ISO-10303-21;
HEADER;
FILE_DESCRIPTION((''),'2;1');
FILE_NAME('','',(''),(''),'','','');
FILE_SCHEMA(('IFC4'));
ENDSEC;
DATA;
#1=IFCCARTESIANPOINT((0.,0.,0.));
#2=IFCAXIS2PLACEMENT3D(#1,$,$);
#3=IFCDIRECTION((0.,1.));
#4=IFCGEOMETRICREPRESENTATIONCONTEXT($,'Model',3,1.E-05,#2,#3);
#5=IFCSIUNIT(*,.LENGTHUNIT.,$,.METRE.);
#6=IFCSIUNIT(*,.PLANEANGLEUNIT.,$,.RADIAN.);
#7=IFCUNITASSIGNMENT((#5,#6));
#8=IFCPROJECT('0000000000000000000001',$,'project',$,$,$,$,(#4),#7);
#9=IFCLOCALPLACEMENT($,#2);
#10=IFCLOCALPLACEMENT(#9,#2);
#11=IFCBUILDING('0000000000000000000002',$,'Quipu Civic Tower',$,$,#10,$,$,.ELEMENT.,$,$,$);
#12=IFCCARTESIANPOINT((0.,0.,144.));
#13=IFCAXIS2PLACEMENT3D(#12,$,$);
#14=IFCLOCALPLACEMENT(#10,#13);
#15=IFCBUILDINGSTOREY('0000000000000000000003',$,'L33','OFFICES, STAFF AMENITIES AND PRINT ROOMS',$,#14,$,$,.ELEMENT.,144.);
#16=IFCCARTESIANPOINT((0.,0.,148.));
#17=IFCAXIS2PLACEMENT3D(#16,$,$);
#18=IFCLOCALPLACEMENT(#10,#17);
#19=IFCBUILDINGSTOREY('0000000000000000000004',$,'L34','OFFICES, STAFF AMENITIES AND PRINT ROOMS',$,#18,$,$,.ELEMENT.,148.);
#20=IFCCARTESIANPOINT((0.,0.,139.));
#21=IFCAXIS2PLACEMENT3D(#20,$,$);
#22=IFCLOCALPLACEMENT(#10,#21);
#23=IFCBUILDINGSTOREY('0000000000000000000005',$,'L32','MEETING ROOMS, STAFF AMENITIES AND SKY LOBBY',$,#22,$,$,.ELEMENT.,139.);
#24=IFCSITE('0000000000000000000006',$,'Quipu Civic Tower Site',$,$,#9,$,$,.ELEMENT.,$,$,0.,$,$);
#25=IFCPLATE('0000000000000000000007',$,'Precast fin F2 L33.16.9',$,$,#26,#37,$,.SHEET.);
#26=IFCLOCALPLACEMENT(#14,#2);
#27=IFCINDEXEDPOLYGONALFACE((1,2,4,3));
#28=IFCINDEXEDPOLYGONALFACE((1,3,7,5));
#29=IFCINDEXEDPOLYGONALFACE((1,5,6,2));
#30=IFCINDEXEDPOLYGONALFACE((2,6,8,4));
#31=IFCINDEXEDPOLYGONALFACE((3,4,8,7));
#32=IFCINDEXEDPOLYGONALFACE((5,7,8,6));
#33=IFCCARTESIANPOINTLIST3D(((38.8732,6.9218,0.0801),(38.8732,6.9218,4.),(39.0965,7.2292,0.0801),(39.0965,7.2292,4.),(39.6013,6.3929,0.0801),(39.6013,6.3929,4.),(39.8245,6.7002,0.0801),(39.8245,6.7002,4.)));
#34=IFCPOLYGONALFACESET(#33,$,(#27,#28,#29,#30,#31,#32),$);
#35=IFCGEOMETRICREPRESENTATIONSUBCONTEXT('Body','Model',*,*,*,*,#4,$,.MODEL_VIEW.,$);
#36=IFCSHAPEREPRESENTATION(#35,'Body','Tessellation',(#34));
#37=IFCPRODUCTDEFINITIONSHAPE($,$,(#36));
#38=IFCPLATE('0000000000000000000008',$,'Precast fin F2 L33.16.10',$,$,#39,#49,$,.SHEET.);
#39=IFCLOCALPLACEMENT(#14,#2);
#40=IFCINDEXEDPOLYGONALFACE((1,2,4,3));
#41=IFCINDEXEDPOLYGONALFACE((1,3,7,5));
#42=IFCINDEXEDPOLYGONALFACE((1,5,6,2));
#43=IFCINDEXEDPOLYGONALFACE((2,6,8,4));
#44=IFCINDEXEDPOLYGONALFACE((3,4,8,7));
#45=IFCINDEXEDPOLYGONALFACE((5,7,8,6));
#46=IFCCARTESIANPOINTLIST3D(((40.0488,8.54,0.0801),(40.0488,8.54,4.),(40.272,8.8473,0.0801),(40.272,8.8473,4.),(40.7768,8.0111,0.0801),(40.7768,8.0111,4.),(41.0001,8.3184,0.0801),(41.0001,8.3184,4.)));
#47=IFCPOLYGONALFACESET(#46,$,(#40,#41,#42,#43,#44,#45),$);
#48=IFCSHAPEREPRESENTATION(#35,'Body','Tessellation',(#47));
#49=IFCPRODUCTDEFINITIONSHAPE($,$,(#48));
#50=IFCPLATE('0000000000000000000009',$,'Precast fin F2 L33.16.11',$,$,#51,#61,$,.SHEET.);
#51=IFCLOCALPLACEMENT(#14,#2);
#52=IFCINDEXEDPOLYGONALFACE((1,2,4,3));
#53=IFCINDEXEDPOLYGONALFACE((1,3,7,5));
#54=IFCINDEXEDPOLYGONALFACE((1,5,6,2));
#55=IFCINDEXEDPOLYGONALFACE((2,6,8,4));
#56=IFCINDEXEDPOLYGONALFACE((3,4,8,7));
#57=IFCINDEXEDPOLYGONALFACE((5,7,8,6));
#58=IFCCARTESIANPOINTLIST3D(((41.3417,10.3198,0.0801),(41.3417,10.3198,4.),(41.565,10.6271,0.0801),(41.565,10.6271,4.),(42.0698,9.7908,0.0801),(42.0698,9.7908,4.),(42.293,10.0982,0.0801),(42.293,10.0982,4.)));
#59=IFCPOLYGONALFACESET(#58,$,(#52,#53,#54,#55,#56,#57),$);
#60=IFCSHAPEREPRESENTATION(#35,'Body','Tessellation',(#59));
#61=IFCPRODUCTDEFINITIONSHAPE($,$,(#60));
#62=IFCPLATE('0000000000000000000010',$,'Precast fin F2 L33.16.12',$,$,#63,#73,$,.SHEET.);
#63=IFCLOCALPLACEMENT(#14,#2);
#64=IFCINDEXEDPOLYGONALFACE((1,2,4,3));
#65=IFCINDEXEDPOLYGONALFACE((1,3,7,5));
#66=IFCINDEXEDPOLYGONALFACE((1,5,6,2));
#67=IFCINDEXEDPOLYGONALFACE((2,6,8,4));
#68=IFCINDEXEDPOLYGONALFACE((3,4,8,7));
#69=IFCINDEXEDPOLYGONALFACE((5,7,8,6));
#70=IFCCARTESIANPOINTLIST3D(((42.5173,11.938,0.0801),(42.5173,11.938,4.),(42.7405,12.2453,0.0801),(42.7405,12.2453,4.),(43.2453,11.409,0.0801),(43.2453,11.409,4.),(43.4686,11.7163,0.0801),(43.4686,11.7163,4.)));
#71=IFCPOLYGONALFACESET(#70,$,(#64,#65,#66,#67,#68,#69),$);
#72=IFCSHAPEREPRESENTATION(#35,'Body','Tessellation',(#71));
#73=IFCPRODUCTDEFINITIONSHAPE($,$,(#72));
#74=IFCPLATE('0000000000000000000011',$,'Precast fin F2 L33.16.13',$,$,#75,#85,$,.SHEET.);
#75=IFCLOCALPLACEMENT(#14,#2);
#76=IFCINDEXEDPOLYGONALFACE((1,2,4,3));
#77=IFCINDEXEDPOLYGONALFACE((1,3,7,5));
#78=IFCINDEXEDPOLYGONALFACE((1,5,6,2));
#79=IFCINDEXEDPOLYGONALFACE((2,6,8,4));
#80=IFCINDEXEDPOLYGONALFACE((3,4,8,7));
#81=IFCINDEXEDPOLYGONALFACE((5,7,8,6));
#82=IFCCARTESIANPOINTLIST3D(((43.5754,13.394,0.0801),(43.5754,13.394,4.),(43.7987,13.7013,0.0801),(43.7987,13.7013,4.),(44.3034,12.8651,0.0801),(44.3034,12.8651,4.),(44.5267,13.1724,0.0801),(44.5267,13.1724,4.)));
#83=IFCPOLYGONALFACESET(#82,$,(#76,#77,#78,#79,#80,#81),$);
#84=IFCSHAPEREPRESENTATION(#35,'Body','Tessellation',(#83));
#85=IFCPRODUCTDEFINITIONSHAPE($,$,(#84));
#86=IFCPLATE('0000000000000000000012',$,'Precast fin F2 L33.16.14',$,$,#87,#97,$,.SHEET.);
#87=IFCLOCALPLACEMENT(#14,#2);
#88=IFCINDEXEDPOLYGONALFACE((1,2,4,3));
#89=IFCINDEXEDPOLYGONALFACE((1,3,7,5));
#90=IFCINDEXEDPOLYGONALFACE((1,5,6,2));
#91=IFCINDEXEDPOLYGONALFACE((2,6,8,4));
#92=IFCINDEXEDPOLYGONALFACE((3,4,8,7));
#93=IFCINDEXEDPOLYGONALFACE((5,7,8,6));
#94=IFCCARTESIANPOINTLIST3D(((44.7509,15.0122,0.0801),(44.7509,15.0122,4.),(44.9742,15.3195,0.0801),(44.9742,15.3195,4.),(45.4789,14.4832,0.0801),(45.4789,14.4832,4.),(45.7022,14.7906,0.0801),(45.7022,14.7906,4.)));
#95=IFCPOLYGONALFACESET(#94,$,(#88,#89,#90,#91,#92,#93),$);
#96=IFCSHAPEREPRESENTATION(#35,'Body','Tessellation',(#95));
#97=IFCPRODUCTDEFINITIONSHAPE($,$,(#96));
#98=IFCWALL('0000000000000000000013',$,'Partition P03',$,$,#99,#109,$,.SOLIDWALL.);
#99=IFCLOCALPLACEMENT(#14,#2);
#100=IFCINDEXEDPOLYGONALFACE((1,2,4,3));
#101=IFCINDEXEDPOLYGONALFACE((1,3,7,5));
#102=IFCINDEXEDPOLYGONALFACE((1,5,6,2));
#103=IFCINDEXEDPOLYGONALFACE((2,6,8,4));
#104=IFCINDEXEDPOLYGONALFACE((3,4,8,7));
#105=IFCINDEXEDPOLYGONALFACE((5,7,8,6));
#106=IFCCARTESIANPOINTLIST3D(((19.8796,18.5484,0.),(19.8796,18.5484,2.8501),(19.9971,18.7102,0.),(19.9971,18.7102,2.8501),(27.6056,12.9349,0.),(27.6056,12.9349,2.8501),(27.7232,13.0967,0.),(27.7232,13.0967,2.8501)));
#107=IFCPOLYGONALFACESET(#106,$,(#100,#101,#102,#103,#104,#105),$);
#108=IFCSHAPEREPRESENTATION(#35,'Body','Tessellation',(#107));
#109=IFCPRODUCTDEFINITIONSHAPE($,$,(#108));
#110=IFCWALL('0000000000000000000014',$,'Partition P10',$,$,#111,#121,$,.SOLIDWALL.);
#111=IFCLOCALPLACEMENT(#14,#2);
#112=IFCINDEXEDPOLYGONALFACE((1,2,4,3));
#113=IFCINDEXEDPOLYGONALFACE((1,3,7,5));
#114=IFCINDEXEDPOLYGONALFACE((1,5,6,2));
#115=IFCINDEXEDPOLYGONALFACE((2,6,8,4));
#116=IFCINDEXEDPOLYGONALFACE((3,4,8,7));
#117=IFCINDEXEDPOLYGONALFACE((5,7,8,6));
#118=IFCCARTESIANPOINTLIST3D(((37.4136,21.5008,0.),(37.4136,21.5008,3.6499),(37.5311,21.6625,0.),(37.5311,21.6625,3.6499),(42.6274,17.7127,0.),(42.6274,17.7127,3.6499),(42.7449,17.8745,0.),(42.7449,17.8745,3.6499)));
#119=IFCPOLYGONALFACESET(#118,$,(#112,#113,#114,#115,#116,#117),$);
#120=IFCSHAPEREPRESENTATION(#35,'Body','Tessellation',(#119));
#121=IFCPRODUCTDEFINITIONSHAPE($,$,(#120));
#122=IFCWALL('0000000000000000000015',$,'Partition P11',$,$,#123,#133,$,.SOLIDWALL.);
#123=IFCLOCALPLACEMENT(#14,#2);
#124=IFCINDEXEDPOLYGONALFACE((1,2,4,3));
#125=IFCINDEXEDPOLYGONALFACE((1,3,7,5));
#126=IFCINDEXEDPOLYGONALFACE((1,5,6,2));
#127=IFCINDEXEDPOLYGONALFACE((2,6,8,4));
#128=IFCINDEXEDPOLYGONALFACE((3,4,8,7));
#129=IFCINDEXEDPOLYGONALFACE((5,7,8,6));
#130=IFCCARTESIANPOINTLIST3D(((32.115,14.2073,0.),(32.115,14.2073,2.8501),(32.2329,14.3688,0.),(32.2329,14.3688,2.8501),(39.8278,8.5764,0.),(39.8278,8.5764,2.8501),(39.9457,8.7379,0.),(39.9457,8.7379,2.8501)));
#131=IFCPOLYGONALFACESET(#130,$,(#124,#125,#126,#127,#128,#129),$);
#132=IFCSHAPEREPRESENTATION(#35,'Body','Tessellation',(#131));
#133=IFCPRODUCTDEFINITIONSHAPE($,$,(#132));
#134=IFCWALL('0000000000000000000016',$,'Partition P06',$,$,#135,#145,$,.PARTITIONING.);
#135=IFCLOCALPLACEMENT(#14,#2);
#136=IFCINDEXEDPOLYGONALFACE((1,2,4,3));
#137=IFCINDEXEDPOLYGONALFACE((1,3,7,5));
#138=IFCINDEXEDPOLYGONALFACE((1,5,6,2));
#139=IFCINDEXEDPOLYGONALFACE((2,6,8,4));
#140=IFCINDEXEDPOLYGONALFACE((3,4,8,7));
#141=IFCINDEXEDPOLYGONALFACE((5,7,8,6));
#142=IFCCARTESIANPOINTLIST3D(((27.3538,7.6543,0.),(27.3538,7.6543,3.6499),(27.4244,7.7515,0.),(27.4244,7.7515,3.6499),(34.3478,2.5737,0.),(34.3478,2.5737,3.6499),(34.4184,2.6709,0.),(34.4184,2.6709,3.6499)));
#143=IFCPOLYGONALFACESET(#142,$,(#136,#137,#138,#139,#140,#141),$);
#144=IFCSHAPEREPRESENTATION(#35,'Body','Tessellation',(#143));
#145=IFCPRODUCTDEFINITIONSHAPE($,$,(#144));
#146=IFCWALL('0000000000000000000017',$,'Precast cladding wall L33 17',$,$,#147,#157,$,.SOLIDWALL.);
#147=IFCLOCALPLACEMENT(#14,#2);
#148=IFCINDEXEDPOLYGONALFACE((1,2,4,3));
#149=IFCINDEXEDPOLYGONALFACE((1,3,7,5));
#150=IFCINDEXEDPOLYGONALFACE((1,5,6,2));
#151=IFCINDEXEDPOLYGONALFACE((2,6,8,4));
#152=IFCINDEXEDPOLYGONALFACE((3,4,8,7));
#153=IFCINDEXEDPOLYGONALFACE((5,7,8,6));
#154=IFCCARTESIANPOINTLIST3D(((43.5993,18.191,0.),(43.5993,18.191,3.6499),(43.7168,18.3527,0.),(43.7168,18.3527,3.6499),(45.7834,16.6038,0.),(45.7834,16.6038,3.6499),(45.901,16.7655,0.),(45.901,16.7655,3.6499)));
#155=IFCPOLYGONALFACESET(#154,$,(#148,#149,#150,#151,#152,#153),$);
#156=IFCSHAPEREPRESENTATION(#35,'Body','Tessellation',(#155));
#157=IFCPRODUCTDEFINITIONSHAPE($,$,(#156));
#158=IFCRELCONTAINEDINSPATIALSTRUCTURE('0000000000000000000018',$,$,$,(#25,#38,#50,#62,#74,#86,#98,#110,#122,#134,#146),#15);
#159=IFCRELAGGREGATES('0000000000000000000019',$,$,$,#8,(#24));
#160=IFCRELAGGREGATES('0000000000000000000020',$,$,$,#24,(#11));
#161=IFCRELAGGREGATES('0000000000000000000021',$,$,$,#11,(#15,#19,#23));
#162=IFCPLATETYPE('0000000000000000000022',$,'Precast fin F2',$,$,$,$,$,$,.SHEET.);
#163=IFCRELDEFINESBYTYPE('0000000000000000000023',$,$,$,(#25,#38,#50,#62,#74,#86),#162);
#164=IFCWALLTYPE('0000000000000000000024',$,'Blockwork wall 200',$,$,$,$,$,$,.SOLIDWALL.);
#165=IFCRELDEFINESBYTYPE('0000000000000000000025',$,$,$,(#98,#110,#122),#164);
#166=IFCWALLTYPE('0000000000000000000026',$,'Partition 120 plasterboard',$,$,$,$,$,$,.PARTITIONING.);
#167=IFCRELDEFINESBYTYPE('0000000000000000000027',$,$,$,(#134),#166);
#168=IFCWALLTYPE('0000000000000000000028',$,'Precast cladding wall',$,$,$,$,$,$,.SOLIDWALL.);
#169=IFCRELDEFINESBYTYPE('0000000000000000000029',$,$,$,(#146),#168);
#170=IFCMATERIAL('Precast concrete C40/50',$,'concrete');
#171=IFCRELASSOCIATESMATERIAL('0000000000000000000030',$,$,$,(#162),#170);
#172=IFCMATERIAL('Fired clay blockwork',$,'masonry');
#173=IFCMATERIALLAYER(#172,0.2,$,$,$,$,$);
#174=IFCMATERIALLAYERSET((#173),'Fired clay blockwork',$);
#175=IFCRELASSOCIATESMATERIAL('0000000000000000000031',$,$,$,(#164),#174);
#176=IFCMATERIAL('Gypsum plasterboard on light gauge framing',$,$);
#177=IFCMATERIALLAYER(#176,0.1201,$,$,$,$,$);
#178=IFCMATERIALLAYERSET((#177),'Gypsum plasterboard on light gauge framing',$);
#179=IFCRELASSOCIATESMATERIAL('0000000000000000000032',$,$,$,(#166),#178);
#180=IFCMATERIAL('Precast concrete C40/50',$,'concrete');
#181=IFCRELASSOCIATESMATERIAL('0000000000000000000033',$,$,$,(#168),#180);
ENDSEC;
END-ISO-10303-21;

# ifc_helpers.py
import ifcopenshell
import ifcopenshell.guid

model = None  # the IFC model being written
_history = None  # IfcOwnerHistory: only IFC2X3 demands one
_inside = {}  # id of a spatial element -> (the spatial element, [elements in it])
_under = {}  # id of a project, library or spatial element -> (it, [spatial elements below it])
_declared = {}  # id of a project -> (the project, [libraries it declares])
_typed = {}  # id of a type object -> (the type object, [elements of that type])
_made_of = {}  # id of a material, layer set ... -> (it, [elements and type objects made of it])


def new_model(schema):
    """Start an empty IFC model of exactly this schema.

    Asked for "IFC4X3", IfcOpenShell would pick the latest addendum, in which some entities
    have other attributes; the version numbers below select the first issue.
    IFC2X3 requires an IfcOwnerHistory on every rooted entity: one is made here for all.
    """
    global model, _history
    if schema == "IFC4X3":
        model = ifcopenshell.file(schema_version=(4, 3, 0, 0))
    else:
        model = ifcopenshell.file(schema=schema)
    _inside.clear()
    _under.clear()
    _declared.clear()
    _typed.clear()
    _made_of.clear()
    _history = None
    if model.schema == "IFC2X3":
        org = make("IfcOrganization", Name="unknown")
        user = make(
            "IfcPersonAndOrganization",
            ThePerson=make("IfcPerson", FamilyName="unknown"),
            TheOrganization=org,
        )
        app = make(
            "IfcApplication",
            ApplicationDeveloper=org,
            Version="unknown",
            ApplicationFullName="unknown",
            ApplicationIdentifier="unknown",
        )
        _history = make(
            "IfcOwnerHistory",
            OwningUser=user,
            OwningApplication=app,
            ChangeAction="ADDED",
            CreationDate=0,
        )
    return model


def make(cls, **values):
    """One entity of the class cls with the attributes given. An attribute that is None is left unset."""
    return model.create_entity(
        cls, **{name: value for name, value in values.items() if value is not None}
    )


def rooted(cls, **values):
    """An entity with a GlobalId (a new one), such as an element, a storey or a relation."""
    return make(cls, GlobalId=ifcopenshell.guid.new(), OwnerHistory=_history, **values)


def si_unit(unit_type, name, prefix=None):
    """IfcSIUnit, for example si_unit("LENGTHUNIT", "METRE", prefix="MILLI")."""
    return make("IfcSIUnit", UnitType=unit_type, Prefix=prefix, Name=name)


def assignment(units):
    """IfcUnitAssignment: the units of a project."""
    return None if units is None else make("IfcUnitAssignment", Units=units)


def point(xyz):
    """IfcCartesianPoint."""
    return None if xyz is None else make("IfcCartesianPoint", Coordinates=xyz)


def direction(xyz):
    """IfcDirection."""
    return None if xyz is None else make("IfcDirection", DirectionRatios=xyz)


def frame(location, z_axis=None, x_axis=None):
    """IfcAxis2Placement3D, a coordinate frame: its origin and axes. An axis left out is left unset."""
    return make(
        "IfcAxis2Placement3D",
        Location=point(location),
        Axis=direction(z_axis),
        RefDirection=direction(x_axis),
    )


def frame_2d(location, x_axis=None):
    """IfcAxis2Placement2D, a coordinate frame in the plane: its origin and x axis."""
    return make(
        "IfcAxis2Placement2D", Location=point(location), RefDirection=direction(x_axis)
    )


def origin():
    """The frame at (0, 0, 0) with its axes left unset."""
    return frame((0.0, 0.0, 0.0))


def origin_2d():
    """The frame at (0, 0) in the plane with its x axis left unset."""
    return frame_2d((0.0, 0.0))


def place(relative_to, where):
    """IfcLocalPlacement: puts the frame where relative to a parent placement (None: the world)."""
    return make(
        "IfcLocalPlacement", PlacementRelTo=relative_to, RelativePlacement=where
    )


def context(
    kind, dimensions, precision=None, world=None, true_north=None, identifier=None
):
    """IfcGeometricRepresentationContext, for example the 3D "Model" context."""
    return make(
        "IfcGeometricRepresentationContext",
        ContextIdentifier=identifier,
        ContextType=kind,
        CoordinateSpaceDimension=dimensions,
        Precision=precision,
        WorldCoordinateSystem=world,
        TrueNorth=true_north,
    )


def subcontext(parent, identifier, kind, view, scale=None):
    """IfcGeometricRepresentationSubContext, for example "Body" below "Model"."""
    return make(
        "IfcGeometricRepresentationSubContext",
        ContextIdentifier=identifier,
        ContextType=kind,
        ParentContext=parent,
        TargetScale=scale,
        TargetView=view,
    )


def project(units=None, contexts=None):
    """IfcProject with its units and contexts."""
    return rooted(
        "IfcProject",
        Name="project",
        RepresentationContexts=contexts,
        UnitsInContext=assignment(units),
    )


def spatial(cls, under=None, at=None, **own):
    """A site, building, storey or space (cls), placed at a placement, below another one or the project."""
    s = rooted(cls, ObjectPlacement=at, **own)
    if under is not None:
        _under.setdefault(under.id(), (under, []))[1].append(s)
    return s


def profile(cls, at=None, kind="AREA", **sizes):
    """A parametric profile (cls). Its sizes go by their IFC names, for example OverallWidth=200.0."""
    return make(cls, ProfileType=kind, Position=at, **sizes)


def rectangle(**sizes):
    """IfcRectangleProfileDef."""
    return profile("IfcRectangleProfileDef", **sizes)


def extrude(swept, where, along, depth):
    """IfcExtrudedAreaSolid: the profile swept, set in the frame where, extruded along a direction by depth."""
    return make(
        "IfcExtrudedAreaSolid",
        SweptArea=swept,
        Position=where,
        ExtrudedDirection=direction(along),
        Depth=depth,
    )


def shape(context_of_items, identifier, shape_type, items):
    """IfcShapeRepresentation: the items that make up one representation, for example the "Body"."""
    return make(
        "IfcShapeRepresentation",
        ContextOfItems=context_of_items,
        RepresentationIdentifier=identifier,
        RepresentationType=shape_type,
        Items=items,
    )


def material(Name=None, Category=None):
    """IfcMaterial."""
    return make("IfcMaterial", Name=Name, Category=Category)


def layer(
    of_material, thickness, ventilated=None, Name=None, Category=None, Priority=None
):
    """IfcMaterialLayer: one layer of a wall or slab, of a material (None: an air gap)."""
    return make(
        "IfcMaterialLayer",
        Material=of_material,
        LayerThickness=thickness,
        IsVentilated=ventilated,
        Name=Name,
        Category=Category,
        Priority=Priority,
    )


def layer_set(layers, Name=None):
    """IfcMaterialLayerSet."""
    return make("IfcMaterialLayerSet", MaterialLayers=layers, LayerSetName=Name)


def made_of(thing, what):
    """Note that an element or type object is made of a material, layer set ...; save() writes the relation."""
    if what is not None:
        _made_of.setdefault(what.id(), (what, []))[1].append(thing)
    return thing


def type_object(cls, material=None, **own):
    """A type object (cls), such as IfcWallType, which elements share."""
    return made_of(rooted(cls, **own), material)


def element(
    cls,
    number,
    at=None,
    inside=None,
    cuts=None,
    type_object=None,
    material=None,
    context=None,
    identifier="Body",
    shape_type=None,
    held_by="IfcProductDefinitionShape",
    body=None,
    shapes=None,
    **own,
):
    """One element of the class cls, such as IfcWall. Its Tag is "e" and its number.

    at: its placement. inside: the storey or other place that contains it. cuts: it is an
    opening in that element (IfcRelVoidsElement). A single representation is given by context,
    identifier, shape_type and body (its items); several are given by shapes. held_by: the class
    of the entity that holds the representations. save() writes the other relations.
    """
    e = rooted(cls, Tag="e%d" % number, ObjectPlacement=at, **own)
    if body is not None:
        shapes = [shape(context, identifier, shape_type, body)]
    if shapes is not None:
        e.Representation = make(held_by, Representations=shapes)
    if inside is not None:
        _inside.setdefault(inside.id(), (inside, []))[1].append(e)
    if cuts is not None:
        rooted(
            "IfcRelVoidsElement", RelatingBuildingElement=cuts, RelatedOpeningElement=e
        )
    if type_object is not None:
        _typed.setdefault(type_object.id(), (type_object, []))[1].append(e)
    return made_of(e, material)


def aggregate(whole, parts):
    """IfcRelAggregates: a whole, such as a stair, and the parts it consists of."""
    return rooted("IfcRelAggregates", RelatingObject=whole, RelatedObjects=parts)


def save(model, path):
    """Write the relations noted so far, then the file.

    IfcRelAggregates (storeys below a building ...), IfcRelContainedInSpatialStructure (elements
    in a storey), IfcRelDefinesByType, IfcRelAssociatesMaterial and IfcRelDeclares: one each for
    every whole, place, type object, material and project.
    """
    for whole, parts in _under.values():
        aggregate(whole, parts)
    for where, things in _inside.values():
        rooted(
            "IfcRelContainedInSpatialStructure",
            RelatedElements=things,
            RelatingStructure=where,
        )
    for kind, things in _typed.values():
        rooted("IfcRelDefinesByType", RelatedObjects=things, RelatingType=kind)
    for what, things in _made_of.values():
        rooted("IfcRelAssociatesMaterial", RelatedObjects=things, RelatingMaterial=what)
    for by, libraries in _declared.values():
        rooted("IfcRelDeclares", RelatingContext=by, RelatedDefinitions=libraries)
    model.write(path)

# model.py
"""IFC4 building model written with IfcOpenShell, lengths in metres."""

from ifc_helpers import new_model, si_unit, direction, frame, frame_2d, origin, origin_2d, place, context, subcontext, project, spatial, rectangle, extrude, material, layer, layer_set, type_object, element, save


model = new_model("IFC4")

# Units and contexts
model_context = context("Model", 3, precision=1e-05, world=origin(), true_north=direction((0.0, 1.0)))
body_context = subcontext(model_context, "Body", "Model", "MODEL_VIEW")
ifc_project = project(units=[si_unit("LENGTHUNIT", "METRE"), si_unit("PLANEANGLEUNIT", "RADIAN")], contexts=[model_context])

# Site, building, storey
site_placement = place(None, origin())
site = spatial("IfcSite", under=ifc_project, at=site_placement, Name="Quipu Civic Tower Site", CompositionType="ELEMENT", RefElevation=0.0)
building_placement = place(site_placement, origin())
building = spatial("IfcBuilding", under=site, at=building_placement, Name="Quipu Civic Tower", CompositionType="ELEMENT")
storey_1_placement = place(building_placement, frame((0.0, 0.0, 144.0)))
storey_1 = spatial("IfcBuildingStorey", under=building, at=storey_1_placement, Name="L33", Description="OFFICES, STAFF AMENITIES AND PRINT ROOMS", CompositionType="ELEMENT", Elevation=144.0)

# Shared definitions
storey_2_placement = place(building_placement, frame((0.0, 0.0, 148.0)))
storey_2 = spatial("IfcBuildingStorey", under=building, at=storey_2_placement, Name="L34", Description="OFFICES, STAFF AMENITIES AND PRINT ROOMS", CompositionType="ELEMENT", Elevation=148.0)

# Shared definitions
storey_3_placement = place(building_placement, frame((0.0, 0.0, 139.0)))
storey_3 = spatial("IfcBuildingStorey", under=building, at=storey_3_placement, Name="L32", Description="MEETING ROOMS, STAFF AMENITIES AND SKY LOBBY", CompositionType="ELEMENT", Elevation=139.0)

# Plates
ifc_material_1 = material(Name="Precast concrete C40/50", Category="concrete")
plate_type_1 = type_object("IfcPlateType", Name="Precast fin F2", PredefinedType="SHEET", material=ifc_material_1)
for number, where, z_axis, x_axis, name in (
    (1, (39.3489, 6.811, 0.0801), (0.0, 0.0, 1.0), (0.587786, 0.809017, 0.0), "Precast fin F2 L33.16.9"),
    (2, (40.5244, 8.4292, 0.0801), (0.0, 0.0, 1.0), (0.587786, 0.809017, 0.0), "Precast fin F2 L33.16.10"),
    (3, (41.8174, 10.209, 0.0801), (0.0, 0.0, 1.0), (0.587786, 0.809017, 0.0), "Precast fin F2 L33.16.11"),
    (4, (42.9929, 11.8271, 0.0801), (0.0, 0.0, 1.0), (0.587786, 0.809017, 0.0), "Precast fin F2 L33.16.12"),
    (5, (44.051, 13.2832, 0.0801), (0.0, 0.0, 1.0), (0.587786, 0.809017, 0.0), "Precast fin F2 L33.16.13"),
    (6, (45.2266, 14.9014, 0.0801), (0.0, 0.0, 1.0), (0.587786, 0.809017, 0.0), "Precast fin F2 L33.16.14"),
):
    element("IfcPlate", number, at=place(storey_1_placement, frame(where, z_axis=z_axis, x_axis=x_axis)), inside=storey_1, type_object=plate_type_1, Name=name, PredefinedType="SHEET", context=body_context, shape_type="SweptSolid", body=[
        extrude(rectangle(XDim=0.3799, YDim=0.8999, at=origin_2d()), origin(), (0.0, 0.0, 1.0), 3.9199),
    ])

# Walls
ifc_material_2 = material(Name="Fired clay blockwork", Category="masonry")
ifc_layer_1 = layer(ifc_material_2, 0.2)
ifc_layer_set_1 = layer_set([ifc_layer_1], Name="Fired clay blockwork")
wall_type_1 = type_object("IfcWallType", Name="Blockwork wall 200", PredefinedType="SOLIDWALL", material=ifc_layer_set_1)
wall_1_placement = place(storey_1_placement, frame((27.6643, 13.0159, 0.0), z_axis=(0.0, 0.0, 1.0), x_axis=(-0.809007, 0.587799, 0.0)))
element("IfcWall", 7, at=wall_1_placement, inside=storey_1, type_object=wall_type_1, Name="Partition P03", PredefinedType="SOLIDWALL", context=body_context, shape_type="SweptSolid", body=[
    extrude(rectangle(XDim=9.55, YDim=0.2, at=frame_2d((4.7749, 0.0))), origin(), (0.0, 0.0, 1.0), 2.8501),
])
wall_2_placement = place(storey_1_placement, frame((42.686, 17.7937, 0.0), z_axis=(0.0, 0.0, 1.0), x_axis=(-0.809018, 0.587784, 0.0)))
element("IfcWall", 8, at=wall_2_placement, inside=storey_1, type_object=wall_type_1, Name="Partition P10", PredefinedType="SOLIDWALL", context=body_context, shape_type="SweptSolid", body=[
    extrude(rectangle(XDim=6.4446, YDim=0.2, at=frame_2d((3.2222, 0.0))), origin(), (0.0, 0.0, 1.0), 3.6499),
])
wall_3_placement = place(storey_1_placement, frame((32.1738, 14.2881, 0.0), z_axis=(0.0, 0.0, 1.0), x_axis=(0.807665, -0.589642, 0.0)))
element("IfcWall", 9, at=wall_3_placement, inside=storey_1, type_object=wall_type_1, Name="Partition P11", PredefinedType="SOLIDWALL", context=body_context, shape_type="SweptSolid", body=[
    extrude(rectangle(XDim=9.5496, YDim=0.2, at=frame_2d((4.7749, 0.0))), origin(), (0.0, 0.0, 1.0), 2.8501),
])
ifc_material_3 = material(Name="Gypsum plasterboard on light gauge framing")
ifc_layer_2 = layer(ifc_material_3, 0.1201)
ifc_layer_set_2 = layer_set([ifc_layer_2], Name="Gypsum plasterboard on light gauge framing")
wall_type_2 = type_object("IfcWallType", Name="Partition 120 plasterboard", PredefinedType="PARTITIONING", material=ifc_layer_set_2)
wall_4_placement = place(storey_1_placement, frame((34.3831, 2.6223, 0.0), z_axis=(0.0, 0.0, 1.0), x_axis=(-0.809061, 0.587725, 0.0)))
element("IfcWall", 10, at=wall_4_placement, inside=storey_1, type_object=wall_type_2, Name="Partition P06", PredefinedType="PARTITIONING", context=body_context, shape_type="SweptSolid", body=[
    extrude(rectangle(XDim=8.6445, YDim=0.1201, at=frame_2d((4.3223, 0.0))), origin(), (0.0, 0.0, 1.0), 3.6499),
])
ifc_material_4 = material(Name="Precast concrete C40/50", Category="concrete")
wall_type_3 = type_object("IfcWallType", Name="Precast cladding wall", PredefinedType="SOLIDWALL", material=ifc_material_4)
wall_5_placement = place(storey_1_placement, frame((45.8423, 16.6846, 0.0), z_axis=(0.0, 0.0, 1.0), x_axis=(-0.808959, 0.587865, 0.0)))
element("IfcWall", 11, at=wall_5_placement, inside=storey_1, type_object=wall_type_3, Name="Precast cladding wall L33 17", PredefinedType="SOLIDWALL", context=body_context, shape_type="SweptSolid", body=[
    extrude(rectangle(XDim=2.7, YDim=0.2, at=frame_2d((1.3501, 0.0))), origin(), (0.0, 0.0, 1.0), 3.6499),
])

save(model, "model.ifc")
